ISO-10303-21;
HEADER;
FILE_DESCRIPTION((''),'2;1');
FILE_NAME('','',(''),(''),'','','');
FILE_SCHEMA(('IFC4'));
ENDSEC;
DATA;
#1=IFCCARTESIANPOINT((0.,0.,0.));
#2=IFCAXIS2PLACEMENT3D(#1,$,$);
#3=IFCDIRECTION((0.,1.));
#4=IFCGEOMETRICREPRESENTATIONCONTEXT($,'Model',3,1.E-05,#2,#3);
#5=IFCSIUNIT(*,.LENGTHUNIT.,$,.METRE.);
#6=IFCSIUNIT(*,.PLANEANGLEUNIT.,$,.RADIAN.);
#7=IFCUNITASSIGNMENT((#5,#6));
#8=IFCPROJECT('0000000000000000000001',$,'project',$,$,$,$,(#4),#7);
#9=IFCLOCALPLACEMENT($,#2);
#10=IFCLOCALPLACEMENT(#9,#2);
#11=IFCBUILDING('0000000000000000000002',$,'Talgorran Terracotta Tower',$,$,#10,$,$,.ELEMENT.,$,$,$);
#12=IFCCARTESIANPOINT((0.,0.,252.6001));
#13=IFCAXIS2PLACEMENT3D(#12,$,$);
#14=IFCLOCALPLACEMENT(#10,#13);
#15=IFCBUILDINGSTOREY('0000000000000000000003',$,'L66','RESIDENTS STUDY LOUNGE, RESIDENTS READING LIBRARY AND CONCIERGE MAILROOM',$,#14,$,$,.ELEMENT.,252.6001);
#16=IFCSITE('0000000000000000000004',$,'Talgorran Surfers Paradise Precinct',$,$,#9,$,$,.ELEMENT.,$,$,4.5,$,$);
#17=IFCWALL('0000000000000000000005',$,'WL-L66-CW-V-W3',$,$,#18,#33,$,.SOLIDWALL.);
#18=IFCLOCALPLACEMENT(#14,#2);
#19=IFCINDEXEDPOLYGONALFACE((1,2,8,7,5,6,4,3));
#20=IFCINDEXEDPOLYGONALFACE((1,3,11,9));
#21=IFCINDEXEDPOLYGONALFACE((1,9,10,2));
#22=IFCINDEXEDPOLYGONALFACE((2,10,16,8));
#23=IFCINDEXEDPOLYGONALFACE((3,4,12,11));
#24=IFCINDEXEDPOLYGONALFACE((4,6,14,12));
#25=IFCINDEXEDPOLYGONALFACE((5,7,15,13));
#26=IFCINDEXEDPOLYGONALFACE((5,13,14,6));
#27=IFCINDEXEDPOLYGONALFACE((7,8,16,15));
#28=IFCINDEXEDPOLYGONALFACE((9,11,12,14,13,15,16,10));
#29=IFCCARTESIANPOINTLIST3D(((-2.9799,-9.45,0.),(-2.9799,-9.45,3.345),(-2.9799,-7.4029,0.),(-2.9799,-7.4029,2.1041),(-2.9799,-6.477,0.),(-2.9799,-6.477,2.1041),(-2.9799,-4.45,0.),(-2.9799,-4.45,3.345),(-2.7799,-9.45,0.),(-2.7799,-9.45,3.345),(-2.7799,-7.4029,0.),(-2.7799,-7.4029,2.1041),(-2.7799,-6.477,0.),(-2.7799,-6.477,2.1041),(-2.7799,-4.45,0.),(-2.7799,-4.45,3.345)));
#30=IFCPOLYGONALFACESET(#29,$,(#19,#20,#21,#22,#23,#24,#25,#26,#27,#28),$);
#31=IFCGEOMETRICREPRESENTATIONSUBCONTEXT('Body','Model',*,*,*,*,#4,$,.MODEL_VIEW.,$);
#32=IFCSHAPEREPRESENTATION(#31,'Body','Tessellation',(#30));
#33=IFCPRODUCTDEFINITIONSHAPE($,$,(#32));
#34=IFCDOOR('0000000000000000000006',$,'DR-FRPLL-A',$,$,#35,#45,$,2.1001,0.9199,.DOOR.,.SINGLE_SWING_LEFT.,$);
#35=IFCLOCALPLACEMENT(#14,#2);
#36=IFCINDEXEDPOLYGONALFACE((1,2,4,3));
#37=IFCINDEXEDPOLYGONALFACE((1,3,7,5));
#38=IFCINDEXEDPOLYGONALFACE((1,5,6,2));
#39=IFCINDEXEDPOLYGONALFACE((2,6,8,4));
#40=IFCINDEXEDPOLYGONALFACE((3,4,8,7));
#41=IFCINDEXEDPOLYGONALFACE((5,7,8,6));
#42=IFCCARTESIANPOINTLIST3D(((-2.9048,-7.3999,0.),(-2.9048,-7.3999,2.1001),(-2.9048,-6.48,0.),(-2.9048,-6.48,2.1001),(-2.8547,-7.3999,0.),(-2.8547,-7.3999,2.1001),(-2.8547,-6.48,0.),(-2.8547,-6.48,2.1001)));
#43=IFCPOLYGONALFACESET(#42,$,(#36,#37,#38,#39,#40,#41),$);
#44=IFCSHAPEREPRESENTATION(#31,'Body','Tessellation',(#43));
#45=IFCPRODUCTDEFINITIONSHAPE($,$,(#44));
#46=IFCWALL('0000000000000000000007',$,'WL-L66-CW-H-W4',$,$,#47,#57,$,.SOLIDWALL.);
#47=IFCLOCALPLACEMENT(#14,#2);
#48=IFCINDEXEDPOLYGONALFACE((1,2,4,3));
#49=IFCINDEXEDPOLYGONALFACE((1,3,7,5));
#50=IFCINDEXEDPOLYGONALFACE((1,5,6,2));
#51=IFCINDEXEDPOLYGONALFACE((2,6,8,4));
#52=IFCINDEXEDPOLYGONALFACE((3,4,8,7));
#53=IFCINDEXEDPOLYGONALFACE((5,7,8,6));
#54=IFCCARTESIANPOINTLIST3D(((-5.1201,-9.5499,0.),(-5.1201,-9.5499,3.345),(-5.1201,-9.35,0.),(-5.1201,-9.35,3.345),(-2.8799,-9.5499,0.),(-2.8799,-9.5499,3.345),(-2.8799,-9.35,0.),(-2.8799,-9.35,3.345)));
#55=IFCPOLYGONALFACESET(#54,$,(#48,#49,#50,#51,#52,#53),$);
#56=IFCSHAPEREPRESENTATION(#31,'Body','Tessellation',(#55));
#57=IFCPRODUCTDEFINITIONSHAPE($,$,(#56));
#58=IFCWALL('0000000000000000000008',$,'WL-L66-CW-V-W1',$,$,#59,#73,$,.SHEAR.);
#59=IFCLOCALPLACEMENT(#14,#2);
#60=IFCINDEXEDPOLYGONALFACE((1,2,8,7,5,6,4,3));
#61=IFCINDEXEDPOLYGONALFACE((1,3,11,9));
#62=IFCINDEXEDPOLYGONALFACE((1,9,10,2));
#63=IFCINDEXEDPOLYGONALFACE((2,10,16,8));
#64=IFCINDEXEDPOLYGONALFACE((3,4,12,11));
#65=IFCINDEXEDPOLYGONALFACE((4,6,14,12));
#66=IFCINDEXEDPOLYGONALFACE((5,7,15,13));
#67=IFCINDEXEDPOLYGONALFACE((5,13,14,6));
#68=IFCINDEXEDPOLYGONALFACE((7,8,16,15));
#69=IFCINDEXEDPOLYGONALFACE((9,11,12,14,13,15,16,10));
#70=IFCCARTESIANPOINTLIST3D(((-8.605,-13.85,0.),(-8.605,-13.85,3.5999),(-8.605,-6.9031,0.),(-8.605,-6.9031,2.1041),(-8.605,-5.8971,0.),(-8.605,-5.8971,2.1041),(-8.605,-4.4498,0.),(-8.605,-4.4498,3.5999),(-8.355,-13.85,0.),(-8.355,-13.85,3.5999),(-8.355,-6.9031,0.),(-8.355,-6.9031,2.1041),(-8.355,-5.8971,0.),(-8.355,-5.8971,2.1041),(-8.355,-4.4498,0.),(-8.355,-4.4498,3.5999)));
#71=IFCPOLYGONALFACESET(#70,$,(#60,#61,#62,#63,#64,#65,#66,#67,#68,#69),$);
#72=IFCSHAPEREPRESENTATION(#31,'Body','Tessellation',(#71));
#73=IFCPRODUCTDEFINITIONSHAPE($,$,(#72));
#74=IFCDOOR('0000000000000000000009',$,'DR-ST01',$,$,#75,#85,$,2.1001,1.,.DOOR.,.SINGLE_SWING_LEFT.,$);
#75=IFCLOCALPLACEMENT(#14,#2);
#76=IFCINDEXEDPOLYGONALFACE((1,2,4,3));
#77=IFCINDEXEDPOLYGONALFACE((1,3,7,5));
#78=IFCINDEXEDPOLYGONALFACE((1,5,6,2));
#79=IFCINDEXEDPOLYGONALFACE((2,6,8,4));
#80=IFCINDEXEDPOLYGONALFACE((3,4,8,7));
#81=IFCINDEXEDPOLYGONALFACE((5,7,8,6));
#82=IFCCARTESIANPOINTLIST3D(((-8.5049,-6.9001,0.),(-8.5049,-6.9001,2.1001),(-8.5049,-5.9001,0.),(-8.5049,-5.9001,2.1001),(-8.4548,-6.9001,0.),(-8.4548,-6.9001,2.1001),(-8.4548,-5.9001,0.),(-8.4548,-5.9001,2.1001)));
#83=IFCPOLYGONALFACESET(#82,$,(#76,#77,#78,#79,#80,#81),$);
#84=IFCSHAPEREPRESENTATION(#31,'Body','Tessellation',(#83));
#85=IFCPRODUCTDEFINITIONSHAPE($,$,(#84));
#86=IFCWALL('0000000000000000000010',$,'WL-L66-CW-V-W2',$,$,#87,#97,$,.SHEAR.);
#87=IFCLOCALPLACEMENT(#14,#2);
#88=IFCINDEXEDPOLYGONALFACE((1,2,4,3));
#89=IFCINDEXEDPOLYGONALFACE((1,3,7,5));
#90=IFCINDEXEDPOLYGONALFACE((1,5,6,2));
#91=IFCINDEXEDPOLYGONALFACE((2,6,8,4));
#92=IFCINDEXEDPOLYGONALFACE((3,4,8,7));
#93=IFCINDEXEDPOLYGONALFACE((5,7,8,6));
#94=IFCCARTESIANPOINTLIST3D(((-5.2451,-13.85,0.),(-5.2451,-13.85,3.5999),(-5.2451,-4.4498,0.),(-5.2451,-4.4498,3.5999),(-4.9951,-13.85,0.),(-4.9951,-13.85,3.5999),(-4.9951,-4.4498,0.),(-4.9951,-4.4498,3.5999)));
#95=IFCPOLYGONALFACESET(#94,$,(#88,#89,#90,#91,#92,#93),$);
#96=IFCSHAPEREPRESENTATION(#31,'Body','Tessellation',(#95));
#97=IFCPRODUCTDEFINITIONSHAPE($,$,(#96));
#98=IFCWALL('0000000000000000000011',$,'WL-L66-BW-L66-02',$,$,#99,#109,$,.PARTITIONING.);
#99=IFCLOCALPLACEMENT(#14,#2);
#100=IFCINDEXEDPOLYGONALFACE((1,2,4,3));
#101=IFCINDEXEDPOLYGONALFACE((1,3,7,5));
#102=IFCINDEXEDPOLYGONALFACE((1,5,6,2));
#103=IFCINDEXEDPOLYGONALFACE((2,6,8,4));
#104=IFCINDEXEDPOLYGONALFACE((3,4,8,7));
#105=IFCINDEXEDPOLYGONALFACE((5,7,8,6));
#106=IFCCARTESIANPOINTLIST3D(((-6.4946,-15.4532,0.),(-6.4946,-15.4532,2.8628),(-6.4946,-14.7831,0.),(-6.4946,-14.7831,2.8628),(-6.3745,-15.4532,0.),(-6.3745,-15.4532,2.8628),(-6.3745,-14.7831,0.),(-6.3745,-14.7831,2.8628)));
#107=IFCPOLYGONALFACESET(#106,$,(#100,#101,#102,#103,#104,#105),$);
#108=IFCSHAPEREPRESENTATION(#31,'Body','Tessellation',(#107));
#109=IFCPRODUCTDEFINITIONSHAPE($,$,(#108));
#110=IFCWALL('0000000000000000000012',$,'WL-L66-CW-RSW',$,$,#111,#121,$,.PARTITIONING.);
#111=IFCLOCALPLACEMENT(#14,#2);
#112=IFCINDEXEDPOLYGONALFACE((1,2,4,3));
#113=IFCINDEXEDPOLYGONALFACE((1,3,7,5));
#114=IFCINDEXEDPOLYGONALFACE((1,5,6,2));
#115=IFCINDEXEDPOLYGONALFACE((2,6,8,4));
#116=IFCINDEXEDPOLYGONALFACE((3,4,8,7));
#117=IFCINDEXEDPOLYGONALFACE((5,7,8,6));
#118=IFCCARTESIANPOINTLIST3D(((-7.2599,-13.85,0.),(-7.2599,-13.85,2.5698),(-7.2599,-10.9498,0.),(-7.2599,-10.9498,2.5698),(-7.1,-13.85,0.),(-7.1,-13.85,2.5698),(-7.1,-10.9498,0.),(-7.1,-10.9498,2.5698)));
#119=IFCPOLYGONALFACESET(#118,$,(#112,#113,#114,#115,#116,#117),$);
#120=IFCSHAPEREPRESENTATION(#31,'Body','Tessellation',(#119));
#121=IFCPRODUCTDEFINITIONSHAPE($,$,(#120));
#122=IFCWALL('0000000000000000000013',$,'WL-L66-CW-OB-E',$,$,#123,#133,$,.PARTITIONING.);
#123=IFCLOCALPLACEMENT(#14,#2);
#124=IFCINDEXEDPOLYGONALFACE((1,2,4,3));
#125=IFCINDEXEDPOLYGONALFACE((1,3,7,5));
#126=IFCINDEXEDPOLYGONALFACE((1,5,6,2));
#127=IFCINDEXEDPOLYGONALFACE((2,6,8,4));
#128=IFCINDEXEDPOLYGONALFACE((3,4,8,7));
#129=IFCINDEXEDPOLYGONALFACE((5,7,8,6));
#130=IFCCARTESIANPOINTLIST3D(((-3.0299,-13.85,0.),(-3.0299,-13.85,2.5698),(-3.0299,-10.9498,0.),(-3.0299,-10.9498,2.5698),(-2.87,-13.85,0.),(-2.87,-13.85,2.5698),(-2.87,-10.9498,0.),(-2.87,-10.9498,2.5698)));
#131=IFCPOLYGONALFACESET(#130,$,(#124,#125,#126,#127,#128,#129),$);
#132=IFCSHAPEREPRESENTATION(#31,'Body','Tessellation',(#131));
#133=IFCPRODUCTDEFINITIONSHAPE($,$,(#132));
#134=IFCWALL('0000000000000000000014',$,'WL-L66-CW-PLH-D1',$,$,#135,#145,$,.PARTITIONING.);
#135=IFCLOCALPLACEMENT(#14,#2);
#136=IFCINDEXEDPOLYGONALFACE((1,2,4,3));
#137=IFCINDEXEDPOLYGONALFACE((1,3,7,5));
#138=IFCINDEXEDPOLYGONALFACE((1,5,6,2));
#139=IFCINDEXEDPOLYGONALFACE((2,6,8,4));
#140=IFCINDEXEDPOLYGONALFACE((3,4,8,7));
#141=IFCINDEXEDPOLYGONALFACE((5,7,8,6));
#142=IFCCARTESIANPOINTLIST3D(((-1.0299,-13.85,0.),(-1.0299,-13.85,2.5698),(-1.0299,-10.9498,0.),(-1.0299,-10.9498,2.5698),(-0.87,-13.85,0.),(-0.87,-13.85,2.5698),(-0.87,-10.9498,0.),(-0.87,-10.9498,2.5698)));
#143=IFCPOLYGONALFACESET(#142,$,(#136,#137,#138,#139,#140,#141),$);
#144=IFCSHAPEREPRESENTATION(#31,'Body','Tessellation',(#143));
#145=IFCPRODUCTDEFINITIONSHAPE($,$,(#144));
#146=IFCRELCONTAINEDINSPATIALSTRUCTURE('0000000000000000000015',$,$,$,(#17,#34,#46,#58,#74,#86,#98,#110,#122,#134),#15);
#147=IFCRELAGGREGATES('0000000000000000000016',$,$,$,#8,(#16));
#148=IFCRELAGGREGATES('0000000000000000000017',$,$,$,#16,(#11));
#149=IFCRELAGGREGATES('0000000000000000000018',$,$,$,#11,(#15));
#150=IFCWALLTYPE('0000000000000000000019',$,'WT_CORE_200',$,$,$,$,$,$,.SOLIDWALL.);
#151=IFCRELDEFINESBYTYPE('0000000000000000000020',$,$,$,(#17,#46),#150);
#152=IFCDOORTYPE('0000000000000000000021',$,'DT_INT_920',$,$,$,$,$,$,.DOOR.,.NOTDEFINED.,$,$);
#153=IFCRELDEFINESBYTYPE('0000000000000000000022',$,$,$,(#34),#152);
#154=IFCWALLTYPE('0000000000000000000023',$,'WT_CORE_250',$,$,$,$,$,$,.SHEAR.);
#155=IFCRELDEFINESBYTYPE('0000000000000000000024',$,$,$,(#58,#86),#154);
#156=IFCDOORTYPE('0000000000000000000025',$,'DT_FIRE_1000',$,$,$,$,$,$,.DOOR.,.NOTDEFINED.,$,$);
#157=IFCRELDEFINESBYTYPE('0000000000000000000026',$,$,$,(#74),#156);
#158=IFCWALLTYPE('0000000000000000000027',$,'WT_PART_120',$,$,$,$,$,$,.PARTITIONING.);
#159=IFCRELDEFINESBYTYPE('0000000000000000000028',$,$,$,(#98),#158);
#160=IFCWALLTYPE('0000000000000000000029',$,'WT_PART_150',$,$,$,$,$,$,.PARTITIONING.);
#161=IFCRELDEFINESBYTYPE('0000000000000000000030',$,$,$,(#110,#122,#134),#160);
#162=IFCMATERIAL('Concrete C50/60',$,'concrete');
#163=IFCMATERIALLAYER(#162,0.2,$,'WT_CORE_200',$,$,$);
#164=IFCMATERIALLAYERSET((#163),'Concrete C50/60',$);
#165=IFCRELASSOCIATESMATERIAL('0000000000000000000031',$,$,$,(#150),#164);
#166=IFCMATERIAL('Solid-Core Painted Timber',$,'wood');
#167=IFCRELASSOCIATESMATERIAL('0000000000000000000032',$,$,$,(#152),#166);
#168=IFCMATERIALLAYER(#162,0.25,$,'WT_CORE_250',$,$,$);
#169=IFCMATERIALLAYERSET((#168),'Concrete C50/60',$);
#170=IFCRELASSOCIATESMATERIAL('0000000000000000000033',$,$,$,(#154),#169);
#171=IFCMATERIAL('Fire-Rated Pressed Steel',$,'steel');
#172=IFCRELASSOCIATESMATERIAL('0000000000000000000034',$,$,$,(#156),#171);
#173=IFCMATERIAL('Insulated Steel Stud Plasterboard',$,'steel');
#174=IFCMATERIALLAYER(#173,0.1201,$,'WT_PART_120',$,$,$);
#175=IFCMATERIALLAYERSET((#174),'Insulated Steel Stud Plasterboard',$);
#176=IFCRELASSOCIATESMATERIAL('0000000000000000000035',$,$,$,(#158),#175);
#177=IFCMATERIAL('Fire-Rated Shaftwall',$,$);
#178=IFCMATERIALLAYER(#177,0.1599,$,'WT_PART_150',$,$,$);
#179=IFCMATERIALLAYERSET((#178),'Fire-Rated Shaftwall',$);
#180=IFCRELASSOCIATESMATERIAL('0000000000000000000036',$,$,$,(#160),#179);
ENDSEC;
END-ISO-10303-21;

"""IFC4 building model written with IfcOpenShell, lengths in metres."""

from ifc_helpers import new_model, si_unit, direction, frame, frame_2d, origin, place, context, subcontext, project, spatial, rectangle, extrude, material, layer, layer_set, type_object, element, fill, save


model = new_model("IFC4")

# Units and contexts
model_context = context("Model", 3, precision=1e-05, world=origin(), true_north=direction((0.0, 1.0)))
body_context = subcontext(model_context, "Body", "Model", "MODEL_VIEW")
ifc_project = project(units=[si_unit("LENGTHUNIT", "METRE"), si_unit("PLANEANGLEUNIT", "RADIAN")], contexts=[model_context])

# Site, building, storey
site_placement = place(None, origin())
site = spatial("IfcSite", under=ifc_project, at=site_placement, Name="Talgorran Surfers Paradise Precinct", CompositionType="ELEMENT", RefElevation=4.5)
building_placement = place(site_placement, origin())
building = spatial("IfcBuilding", under=site, at=building_placement, Name="Talgorran Terracotta Tower", CompositionType="ELEMENT")
storey_placement = place(building_placement, frame((0.0, 0.0, 252.6001)))
storey = spatial("IfcBuildingStorey", under=building, at=storey_placement, Name="L66", Description="RESIDENTS STUDY LOUNGE, RESIDENTS READING LIBRARY AND CONCIERGE MAILROOM", CompositionType="ELEMENT", Elevation=252.6001)

# Shared definitions
ifc_material_1 = material(Name="Concrete C50/60", Category="concrete")

# Shared definitions
ifc_layer_1 = layer(ifc_material_1, 0.2, Name="WT_CORE_200")
ifc_layer_set_1 = layer_set([ifc_layer_1], Name="Concrete C50/60")
wall_type_1 = type_object("IfcWallType", Name="WT_CORE_200", PredefinedType="SOLIDWALL", material=ifc_layer_set_1)
ifc_material_2 = material(Name="Fire-Rated Pressed Steel", Category="steel")

# Wall, opening, door
wall_1_placement = place(storey_placement, frame((-2.8799, -9.45, 0.0), z_axis=(0.0, 0.0, 1.0), x_axis=(0.0, 1.0, 0.0)))
wall_1 = element("IfcWall", 1, at=wall_1_placement, inside=storey, type_object=wall_type_1, Name="WL-L66-CW-V-W3", PredefinedType="SOLIDWALL", context=body_context, shape_type="SweptSolid", body=[
    extrude(rectangle(XDim=5.0, YDim=0.2, at=frame_2d((2.5, 0.0))), origin(), (0.0, 0.0, 1.0), 3.345),
])
opening_1_placement = place(wall_1_placement, frame((2.05, 0.0, 0.0)))
opening_1 = element("IfcOpeningElement", 2, at=opening_1_placement, cuts=wall_1, PredefinedType="OPENING", context=body_context, shape_type="SweptSolid", body=[
    extrude(rectangle(XDim=0.9259, YDim=2.1041, at=frame_2d((0.46, 1.052))), frame((0.0, 0.1099, 0.0), z_axis=(0.0, -1.0, 0.0), x_axis=(1.0, 0.0, 0.0)), (0.0, 0.0, 1.0), 0.22),
])
ifc_material_3 = material(Name="Solid-Core Painted Timber", Category="wood")
door_type_1 = type_object("IfcDoorType", Name="DT_INT_920", OperationType="NOTDEFINED", PredefinedType="DOOR", material=ifc_material_3)
door_1_placement = place(opening_1_placement, origin())
door_1 = element("IfcDoor", 3, at=door_1_placement, inside=storey, type_object=door_type_1, Name="DR-FRPLL-A", OperationType="SINGLE_SWING_LEFT", OverallHeight=2.1001, OverallWidth=0.9199, PredefinedType="DOOR", context=body_context, shape_type="SweptSolid", body=[
    extrude(rectangle(XDim=0.9199, YDim=2.1001, at=frame_2d((0.46, 1.05))), frame((0.0, 0.0249, 0.0), z_axis=(0.0, -1.0, 0.0), x_axis=(1.0, 0.0, 0.0)), (0.0, 0.0, 1.0), 0.05),
])
fill(opening_1, door_1)

# Wall
wall_2_placement = place(storey_placement, frame((-5.1201, -9.45, 0.0), z_axis=(0.0, 0.0, 1.0), x_axis=(1.0, 0.0, 0.0)))
element("IfcWall", 4, at=wall_2_placement, inside=storey, type_object=wall_type_1, Name="WL-L66-CW-H-W4", PredefinedType="SOLIDWALL", context=body_context, shape_type="SweptSolid", body=[
    extrude(rectangle(XDim=2.2402, YDim=0.2, at=frame_2d((1.1201, 0.0))), origin(), (0.0, 0.0, 1.0), 3.345),
])

# Wall, opening, door
ifc_layer_2 = layer(ifc_material_1, 0.25, Name="WT_CORE_250")
ifc_layer_set_2 = layer_set([ifc_layer_2], Name="Concrete C50/60")
wall_type_2 = type_object("IfcWallType", Name="WT_CORE_250", PredefinedType="SHEAR", material=ifc_layer_set_2)
wall_3_placement = place(storey_placement, frame((-8.48, -13.8501, 0.0), z_axis=(0.0, 0.0, 1.0), x_axis=(0.0, 1.0, 0.0)))
wall_3 = element("IfcWall", 5, at=wall_3_placement, inside=storey, type_object=wall_type_2, Name="WL-L66-CW-V-W1", PredefinedType="SHEAR", context=body_context, shape_type="SweptSolid", body=[
    extrude(rectangle(XDim=9.4001, YDim=0.25, at=frame_2d((4.7002, 0.0))), origin(), (0.0, 0.0, 1.0), 3.5999),
])
opening_2_placement = place(wall_3_placement, frame((6.95, 0.0, 0.0)))
opening_2 = element("IfcOpeningElement", 6, at=opening_2_placement, cuts=wall_3, PredefinedType="OPENING", context=body_context, shape_type="SweptSolid", body=[
    extrude(rectangle(XDim=1.006, YDim=2.1041, at=frame_2d((0.5, 1.052))), frame((0.0, 0.135, 0.0), z_axis=(0.0, -1.0, 0.0), x_axis=(1.0, 0.0, 0.0)), (0.0, 0.0, 1.0), 0.27),
])
door_type_2 = type_object("IfcDoorType", Name="DT_FIRE_1000", OperationType="NOTDEFINED", PredefinedType="DOOR", material=ifc_material_2)
door_2_placement = place(opening_2_placement, origin())
door_2 = element("IfcDoor", 7, at=door_2_placement, inside=storey, type_object=door_type_2, Name="DR-ST01", OperationType="SINGLE_SWING_LEFT", OverallHeight=2.1001, OverallWidth=1.0, PredefinedType="DOOR", context=body_context, shape_type="SweptSolid", body=[
    extrude(rectangle(XDim=1.0, YDim=2.1001, at=frame_2d((0.5, 1.05))), frame((0.0, 0.0249, 0.0), z_axis=(0.0, -1.0, 0.0), x_axis=(1.0, 0.0, 0.0)), (0.0, 0.0, 1.0), 0.05),
])
fill(opening_2, door_2)

# Walls
wall_4_placement = place(storey_placement, frame((-5.1201, -13.8501, 0.0), z_axis=(0.0, 0.0, 1.0), x_axis=(0.0, 1.0, 0.0)))
element("IfcWall", 8, at=wall_4_placement, inside=storey, type_object=wall_type_2, Name="WL-L66-CW-V-W2", PredefinedType="SHEAR", context=body_context, shape_type="SweptSolid", body=[
    extrude(rectangle(XDim=9.4001, YDim=0.25, at=frame_2d((4.7002, 0.0))), origin(), (0.0, 0.0, 1.0), 3.5999),
])
ifc_material_4 = material(Name="Insulated Steel Stud Plasterboard", Category="steel")
ifc_layer_3 = layer(ifc_material_4, 0.1201, Name="WT_PART_120")
ifc_layer_set_3 = layer_set([ifc_layer_3], Name="Insulated Steel Stud Plasterboard")
wall_type_3 = type_object("IfcWallType", Name="WT_PART_120", PredefinedType="PARTITIONING", material=ifc_layer_set_3)
wall_5_placement = place(storey_placement, frame((-6.4346, -14.7832, 0.0), z_axis=(0.0, 0.0, 1.0), x_axis=(0.0, -1.0, 0.0)))
element("IfcWall", 9, at=wall_5_placement, inside=storey, type_object=wall_type_3, Name="WL-L66-BW-L66-02", PredefinedType="PARTITIONING", context=body_context, shape_type="SweptSolid", body=[
    extrude(rectangle(XDim=0.6702, YDim=0.1201, at=frame_2d((0.335, 0.0))), origin(), (0.0, 0.0, 1.0), 2.8628),
])
ifc_material_5 = material(Name="Fire-Rated Shaftwall")
ifc_layer_4 = layer(ifc_material_5, 0.1599, Name="WT_PART_150")
ifc_layer_set_4 = layer_set([ifc_layer_4], Name="Fire-Rated Shaftwall")
wall_type_4 = type_object("IfcWallType", Name="WT_PART_150", PredefinedType="PARTITIONING", material=ifc_layer_set_4)
for number, where, z_axis, x_axis, name in (
    (10, (-7.1799, -13.8501, 0.0), (0.0, 0.0, 1.0), (0.0, 1.0, 0.0), "WL-L66-CW-RSW"),
    (11, (-2.95, -13.8501, 0.0), (0.0, 0.0, 1.0), (0.0, 1.0, 0.0), "WL-L66-CW-OB-E"),
    (12, (-0.95, -13.8501, 0.0), (0.0, 0.0, 1.0), (0.0, 1.0, 0.0), "WL-L66-CW-PLH-D1"),
):
    element("IfcWall", number, at=place(storey_placement, frame(where, z_axis=z_axis, x_axis=x_axis)), inside=storey, type_object=wall_type_4, Name=name, PredefinedType="PARTITIONING", context=body_context, shape_type="SweptSolid", body=[
        extrude(rectangle(XDim=2.9001, YDim=0.1599, at=frame_2d((1.4502, 0.0))), origin(), (0.0, 0.0, 1.0), 2.5698),
    ])

save(model, "model.ifc")
